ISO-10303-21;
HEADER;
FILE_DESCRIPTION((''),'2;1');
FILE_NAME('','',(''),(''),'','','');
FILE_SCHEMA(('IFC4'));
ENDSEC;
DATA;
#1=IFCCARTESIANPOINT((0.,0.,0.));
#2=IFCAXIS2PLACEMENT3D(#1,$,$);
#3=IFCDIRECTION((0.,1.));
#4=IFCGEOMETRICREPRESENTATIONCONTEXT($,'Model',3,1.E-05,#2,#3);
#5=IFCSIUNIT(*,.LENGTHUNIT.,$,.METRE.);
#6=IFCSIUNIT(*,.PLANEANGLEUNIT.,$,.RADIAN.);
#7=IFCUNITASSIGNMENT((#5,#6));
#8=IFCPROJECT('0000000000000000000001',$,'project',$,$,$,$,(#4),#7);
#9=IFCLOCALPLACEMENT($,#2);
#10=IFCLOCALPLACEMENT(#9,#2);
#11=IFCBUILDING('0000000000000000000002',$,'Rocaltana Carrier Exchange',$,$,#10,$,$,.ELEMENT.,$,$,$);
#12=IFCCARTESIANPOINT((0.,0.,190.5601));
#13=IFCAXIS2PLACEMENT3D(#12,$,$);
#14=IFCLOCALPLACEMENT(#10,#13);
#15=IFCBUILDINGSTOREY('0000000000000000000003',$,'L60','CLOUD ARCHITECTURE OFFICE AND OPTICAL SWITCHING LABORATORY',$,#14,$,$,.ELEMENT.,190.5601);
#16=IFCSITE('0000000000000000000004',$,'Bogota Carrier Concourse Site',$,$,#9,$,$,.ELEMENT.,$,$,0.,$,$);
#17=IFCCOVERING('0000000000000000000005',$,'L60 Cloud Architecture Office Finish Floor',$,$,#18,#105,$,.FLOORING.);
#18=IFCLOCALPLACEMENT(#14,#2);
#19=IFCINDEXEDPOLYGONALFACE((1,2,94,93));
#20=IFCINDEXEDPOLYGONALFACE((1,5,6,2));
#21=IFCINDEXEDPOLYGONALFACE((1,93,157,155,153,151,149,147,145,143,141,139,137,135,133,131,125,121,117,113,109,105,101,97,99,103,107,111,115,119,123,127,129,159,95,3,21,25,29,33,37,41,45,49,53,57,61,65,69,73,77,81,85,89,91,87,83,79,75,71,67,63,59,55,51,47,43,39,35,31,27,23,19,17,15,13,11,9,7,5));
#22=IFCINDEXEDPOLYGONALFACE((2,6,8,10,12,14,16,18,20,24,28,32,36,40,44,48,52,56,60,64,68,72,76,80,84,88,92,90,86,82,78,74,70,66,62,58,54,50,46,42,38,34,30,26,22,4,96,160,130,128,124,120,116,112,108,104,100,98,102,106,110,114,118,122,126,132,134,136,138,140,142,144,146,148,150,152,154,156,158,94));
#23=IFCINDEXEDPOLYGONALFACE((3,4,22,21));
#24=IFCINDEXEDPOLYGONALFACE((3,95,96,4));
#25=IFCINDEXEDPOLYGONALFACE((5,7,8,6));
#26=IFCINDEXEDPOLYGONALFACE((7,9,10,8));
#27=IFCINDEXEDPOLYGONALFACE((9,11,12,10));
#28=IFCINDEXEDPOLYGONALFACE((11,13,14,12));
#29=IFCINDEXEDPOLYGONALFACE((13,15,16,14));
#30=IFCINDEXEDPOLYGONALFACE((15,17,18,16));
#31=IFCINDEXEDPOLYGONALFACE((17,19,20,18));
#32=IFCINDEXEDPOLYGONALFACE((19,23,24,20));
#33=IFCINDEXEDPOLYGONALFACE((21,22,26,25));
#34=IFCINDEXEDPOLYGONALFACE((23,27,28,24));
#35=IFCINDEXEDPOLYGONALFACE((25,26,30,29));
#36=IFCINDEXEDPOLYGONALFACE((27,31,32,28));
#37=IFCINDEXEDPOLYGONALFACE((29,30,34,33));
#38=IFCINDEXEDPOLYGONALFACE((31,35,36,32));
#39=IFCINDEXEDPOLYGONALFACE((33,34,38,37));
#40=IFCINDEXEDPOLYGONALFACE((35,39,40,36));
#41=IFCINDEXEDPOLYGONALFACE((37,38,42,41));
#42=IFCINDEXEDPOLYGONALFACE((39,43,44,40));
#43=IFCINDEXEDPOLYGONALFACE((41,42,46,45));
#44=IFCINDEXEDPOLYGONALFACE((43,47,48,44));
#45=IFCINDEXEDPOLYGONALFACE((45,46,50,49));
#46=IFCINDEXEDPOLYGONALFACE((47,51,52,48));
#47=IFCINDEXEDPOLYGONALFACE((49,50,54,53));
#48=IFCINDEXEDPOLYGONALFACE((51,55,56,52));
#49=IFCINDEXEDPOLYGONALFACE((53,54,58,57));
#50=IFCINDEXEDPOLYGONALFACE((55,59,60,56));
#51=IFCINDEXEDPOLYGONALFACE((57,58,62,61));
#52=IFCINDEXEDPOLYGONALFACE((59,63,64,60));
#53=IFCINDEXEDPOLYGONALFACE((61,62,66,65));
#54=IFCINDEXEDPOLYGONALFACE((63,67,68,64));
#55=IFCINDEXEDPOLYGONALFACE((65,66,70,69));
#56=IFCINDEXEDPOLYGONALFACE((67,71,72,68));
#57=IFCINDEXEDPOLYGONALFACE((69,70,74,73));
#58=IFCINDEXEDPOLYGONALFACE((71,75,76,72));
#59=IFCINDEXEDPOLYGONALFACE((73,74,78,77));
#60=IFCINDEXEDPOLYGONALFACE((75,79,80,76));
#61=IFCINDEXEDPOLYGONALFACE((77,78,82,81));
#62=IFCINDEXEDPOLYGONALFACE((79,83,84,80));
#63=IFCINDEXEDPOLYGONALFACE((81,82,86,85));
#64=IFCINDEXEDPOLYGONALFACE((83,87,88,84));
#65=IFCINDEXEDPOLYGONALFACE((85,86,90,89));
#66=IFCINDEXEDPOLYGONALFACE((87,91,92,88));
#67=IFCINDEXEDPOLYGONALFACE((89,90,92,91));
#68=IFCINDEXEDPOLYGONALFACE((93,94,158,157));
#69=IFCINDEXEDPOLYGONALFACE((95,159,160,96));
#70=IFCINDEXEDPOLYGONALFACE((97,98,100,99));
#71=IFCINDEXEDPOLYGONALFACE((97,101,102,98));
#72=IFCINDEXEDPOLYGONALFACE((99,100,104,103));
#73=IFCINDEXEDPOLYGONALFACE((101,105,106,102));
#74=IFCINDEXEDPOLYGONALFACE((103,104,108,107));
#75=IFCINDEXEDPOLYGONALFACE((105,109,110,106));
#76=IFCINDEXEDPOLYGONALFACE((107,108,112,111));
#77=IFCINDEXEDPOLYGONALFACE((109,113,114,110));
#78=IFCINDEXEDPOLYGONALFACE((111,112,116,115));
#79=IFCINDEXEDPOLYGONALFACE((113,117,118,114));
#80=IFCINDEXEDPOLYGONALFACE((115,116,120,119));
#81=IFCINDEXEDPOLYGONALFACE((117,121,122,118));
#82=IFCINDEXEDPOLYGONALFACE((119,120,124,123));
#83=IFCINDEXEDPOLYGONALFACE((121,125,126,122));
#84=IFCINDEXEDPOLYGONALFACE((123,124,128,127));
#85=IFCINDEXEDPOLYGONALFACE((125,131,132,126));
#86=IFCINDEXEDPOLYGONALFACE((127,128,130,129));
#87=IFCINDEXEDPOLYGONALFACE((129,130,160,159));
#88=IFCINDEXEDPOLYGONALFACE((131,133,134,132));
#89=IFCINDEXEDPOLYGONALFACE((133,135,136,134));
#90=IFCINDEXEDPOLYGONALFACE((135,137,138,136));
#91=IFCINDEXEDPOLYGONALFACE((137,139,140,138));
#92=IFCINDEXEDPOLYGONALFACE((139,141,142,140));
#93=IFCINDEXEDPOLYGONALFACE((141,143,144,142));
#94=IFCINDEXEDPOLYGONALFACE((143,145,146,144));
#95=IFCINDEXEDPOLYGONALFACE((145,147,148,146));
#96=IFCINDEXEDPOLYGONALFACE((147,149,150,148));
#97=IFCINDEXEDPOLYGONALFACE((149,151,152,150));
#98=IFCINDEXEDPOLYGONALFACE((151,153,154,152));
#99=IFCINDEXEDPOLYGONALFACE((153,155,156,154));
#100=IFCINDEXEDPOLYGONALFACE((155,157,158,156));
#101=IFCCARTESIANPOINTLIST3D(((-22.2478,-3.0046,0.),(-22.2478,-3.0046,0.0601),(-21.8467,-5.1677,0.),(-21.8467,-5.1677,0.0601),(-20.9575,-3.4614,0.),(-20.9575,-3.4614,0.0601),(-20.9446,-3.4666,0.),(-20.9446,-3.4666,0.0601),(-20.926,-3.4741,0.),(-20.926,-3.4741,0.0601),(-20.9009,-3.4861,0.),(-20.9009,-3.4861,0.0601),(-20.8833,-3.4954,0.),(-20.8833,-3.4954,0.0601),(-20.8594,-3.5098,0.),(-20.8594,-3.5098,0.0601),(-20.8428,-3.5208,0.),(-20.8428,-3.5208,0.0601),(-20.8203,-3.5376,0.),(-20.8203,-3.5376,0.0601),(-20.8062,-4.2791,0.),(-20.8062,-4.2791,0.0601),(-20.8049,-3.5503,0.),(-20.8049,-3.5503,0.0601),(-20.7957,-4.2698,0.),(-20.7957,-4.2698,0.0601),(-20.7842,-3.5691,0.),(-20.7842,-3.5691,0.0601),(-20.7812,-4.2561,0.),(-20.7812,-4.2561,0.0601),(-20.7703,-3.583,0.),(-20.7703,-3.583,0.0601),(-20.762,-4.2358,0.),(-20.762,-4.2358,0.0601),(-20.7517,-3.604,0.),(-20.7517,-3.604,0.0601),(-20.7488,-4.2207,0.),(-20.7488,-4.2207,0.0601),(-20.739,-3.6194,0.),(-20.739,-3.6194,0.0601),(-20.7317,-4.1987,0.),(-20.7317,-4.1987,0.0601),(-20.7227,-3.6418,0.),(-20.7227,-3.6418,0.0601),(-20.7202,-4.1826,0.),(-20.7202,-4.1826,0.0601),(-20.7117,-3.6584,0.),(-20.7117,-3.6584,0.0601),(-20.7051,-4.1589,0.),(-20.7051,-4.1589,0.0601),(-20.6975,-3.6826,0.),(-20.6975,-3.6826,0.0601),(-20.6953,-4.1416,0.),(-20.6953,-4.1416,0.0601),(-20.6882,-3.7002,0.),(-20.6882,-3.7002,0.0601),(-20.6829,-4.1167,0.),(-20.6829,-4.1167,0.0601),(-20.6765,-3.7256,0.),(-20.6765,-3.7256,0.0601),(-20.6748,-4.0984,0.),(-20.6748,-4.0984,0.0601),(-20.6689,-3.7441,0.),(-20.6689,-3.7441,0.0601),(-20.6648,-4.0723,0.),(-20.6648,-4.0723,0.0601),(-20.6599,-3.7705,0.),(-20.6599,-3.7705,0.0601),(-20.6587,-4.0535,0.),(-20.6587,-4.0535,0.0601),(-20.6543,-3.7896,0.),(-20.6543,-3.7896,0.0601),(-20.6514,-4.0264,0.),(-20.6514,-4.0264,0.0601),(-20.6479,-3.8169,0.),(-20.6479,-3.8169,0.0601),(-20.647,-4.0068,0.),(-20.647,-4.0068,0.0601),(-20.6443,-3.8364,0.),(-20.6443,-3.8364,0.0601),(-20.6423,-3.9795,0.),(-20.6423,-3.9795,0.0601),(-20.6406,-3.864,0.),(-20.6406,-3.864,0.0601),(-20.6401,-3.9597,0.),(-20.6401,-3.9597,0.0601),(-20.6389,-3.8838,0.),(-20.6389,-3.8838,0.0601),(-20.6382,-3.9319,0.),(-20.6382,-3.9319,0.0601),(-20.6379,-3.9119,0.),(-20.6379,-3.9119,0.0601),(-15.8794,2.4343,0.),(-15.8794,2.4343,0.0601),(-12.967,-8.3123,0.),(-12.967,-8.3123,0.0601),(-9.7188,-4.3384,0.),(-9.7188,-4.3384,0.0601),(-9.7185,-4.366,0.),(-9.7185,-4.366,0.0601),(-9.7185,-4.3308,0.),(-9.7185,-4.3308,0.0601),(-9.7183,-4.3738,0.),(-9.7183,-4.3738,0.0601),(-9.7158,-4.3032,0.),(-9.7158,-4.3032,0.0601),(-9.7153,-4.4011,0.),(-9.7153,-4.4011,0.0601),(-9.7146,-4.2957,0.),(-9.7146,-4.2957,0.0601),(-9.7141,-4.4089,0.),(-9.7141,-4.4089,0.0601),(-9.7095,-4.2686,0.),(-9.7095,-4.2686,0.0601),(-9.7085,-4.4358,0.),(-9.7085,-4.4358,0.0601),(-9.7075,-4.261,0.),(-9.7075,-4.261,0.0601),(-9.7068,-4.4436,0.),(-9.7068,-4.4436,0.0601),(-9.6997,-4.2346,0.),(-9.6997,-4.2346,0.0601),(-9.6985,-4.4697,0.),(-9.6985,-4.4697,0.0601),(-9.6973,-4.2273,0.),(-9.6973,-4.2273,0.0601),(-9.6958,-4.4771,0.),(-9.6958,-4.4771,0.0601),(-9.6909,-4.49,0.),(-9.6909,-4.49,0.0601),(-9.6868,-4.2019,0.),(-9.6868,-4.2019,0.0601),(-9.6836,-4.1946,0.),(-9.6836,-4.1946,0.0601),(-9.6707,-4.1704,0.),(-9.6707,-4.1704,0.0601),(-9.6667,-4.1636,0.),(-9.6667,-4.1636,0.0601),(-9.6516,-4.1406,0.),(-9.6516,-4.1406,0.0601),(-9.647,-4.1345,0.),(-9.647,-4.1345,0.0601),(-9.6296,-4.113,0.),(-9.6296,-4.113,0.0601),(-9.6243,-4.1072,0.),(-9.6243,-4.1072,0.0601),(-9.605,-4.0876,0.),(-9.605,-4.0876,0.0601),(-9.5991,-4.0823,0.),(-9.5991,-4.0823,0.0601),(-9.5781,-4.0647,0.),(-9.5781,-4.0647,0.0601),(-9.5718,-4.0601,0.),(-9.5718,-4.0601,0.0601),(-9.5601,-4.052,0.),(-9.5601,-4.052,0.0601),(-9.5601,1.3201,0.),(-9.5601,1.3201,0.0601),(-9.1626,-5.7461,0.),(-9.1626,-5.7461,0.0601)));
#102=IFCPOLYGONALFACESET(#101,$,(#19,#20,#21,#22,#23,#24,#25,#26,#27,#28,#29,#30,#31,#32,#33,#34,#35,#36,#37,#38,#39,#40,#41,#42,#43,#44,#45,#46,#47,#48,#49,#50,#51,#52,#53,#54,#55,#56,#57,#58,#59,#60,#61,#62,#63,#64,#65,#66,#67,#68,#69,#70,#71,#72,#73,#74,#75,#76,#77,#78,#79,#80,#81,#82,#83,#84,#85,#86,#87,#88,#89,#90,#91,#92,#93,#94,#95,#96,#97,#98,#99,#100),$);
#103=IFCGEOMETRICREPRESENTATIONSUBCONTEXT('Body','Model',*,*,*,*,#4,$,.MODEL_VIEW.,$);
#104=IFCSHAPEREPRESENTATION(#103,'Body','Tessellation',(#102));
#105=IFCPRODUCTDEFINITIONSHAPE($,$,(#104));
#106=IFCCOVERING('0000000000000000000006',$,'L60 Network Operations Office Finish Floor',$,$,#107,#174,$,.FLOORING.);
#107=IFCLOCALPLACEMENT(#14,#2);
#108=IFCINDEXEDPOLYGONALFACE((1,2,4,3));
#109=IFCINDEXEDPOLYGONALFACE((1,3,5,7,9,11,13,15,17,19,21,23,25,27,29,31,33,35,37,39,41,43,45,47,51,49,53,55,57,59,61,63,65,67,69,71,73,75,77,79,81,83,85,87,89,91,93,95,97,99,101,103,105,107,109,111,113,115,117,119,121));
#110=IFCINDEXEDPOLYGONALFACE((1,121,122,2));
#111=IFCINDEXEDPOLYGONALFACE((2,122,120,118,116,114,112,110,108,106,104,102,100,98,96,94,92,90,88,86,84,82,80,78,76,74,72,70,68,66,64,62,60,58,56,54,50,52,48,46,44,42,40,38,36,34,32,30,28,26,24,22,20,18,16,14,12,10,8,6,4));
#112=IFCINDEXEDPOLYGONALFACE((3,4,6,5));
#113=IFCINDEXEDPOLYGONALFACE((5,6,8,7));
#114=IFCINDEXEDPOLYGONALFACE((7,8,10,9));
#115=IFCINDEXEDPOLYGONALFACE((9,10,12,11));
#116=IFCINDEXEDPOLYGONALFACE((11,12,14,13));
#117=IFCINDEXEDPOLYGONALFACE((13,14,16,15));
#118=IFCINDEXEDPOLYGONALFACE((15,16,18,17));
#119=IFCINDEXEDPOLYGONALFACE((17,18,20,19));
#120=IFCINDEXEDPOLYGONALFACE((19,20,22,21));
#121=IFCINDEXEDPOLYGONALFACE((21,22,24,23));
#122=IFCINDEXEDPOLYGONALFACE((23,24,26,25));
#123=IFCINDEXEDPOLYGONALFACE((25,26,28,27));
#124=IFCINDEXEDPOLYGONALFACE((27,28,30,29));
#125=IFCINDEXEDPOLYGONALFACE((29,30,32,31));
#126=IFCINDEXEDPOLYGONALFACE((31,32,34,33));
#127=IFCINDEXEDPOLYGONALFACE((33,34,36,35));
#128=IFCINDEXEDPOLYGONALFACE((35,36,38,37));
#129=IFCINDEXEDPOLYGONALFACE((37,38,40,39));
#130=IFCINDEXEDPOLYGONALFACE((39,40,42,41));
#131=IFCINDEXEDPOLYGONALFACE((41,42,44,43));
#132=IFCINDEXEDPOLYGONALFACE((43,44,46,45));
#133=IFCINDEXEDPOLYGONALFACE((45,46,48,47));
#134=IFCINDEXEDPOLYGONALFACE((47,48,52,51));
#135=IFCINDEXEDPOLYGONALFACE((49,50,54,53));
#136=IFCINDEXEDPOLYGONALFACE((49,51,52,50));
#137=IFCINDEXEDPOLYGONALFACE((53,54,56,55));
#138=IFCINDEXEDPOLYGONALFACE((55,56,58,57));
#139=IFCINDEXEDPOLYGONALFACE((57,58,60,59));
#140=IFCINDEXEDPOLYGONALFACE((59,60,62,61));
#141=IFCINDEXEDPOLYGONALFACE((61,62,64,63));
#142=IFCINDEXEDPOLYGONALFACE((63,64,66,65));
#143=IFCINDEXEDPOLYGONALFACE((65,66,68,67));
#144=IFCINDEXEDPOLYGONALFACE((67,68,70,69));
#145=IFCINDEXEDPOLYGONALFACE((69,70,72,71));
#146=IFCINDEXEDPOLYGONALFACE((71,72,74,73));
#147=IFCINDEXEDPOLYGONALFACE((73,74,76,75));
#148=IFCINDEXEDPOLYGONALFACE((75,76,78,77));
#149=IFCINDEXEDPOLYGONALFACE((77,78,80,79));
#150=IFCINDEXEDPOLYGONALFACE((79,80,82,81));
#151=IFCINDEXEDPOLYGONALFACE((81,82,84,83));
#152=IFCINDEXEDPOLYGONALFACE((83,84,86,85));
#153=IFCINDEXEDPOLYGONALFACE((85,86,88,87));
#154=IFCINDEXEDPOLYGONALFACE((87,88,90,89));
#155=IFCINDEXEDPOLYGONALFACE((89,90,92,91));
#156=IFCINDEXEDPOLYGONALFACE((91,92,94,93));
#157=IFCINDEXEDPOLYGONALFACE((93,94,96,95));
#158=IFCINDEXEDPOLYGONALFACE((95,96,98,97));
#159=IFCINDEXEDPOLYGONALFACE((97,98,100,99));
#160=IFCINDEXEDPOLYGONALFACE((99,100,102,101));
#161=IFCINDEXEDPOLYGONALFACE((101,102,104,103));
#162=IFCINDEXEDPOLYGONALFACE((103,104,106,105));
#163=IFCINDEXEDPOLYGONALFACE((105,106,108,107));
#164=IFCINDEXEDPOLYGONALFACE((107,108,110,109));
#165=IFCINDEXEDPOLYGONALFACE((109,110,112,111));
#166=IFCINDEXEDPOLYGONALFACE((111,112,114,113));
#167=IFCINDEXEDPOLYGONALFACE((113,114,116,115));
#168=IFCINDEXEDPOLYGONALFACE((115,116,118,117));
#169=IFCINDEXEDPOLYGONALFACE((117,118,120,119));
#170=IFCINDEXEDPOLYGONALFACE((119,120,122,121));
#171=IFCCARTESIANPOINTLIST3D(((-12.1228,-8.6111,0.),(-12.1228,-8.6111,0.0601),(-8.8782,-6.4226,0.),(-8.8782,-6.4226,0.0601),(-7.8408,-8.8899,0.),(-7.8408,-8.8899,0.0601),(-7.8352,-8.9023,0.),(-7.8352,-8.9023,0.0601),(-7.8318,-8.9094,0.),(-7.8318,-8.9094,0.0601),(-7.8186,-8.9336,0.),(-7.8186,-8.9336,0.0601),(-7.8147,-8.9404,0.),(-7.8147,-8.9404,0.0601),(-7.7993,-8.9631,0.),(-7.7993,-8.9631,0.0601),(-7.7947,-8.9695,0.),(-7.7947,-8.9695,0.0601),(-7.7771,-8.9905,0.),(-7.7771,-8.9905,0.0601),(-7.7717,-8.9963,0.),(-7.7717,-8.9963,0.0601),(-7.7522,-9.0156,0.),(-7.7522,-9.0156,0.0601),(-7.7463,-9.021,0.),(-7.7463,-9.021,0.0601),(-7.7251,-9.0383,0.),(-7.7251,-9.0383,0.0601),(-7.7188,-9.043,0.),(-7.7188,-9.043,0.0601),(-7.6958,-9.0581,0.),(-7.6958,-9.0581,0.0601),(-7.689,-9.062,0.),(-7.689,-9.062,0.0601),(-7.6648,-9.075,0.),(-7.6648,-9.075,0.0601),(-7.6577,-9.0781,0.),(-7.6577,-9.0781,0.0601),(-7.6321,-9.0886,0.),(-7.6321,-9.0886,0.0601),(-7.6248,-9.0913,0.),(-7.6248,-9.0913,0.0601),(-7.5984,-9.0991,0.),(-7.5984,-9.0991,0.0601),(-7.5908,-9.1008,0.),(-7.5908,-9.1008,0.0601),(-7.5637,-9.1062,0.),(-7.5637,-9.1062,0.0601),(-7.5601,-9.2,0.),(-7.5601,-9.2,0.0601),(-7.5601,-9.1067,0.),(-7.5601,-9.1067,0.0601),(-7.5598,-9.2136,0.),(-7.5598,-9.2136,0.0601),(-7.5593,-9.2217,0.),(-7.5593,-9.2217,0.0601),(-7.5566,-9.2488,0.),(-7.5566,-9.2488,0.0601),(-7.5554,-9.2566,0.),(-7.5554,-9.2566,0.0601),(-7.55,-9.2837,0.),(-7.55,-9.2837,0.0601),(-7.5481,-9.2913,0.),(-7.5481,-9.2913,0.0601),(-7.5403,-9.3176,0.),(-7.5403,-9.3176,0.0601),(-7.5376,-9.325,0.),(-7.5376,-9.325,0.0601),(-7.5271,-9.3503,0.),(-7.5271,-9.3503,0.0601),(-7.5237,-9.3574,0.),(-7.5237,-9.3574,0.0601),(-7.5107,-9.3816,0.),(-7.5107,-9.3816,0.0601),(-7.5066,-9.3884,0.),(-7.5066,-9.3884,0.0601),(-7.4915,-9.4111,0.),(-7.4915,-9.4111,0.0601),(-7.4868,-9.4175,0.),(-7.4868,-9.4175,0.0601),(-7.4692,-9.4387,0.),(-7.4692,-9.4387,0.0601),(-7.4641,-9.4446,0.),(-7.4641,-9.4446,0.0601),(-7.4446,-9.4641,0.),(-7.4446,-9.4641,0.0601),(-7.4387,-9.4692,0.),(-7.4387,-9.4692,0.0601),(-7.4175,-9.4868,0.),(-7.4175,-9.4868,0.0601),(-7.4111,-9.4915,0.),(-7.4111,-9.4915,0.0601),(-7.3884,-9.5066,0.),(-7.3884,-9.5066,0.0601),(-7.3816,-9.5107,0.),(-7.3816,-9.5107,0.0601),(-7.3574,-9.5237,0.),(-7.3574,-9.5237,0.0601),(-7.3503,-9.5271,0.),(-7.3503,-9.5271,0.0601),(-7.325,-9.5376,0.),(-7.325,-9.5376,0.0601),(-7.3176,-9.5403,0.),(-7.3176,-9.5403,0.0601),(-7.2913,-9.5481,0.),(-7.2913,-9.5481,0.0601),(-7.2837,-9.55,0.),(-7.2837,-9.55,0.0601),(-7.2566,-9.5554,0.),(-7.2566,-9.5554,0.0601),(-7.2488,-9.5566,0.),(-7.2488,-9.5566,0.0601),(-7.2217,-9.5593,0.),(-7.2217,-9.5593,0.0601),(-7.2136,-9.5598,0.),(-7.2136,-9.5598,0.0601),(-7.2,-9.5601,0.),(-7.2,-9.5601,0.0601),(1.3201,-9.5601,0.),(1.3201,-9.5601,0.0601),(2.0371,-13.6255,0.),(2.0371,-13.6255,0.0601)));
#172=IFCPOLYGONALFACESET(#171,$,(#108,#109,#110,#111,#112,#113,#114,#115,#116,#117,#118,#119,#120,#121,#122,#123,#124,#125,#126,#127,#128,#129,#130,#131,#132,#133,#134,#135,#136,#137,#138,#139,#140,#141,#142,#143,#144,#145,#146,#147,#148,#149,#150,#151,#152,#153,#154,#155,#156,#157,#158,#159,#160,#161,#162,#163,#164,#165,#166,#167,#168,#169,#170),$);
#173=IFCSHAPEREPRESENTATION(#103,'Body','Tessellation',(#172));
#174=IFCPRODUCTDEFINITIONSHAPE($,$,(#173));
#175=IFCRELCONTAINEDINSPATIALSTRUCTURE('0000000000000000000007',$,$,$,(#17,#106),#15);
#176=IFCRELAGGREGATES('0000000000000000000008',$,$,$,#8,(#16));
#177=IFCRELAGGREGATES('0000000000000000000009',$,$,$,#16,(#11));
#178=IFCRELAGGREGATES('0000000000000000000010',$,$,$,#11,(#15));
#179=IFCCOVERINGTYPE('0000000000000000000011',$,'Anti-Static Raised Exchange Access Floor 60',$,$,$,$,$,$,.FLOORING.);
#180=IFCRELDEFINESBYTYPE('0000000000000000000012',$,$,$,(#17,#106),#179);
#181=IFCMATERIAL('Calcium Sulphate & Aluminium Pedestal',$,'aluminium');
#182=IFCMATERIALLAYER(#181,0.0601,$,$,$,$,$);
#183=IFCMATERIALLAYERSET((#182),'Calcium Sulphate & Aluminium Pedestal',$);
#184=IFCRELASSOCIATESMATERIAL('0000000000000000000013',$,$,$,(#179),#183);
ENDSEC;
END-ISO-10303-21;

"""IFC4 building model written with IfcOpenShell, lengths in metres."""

from ifc_helpers import new_model, si_unit, direction, frame, origin, place, context, subcontext, project, spatial, polyline, outline, extrude, material, layer, layer_set, type_object, element, save


model = new_model("IFC4")

# Units and contexts
model_context = context("Model", 3, precision=1e-05, world=origin(), true_north=direction((0.0, 1.0)))
body_context = subcontext(model_context, "Body", "Model", "MODEL_VIEW")
ifc_project = project(units=[si_unit("LENGTHUNIT", "METRE"), si_unit("PLANEANGLEUNIT", "RADIAN")], contexts=[model_context])

# Site, building, storey
site_placement = place(None, origin())
site = spatial("IfcSite", under=ifc_project, at=site_placement, Name="Bogota Carrier Concourse Site", CompositionType="ELEMENT", RefElevation=0.0)
building_placement = place(site_placement, origin())
building = spatial("IfcBuilding", under=site, at=building_placement, Name="Rocaltana Carrier Exchange", CompositionType="ELEMENT")
storey_placement = place(building_placement, frame((0.0, 0.0, 190.5601)))
storey = spatial("IfcBuildingStorey", under=building, at=storey_placement, Name="L60", Description="CLOUD ARCHITECTURE OFFICE AND OPTICAL SWITCHING LABORATORY", CompositionType="ELEMENT", Elevation=190.5601)

# Coverings
ifc_material_1 = material(Name="Calcium Sulphate & Aluminium Pedestal", Category="aluminium")
ifc_layer_1 = layer(ifc_material_1, 0.0601)
ifc_layer_set_1 = layer_set([ifc_layer_1], Name="Calcium Sulphate & Aluminium Pedestal")
covering_type_1 = type_object("IfcCoveringType", Name="Anti-Static Raised Exchange Access Floor 60", PredefinedType="FLOORING", material=ifc_layer_set_1)
covering_1_placement = place(storey_placement, origin())
element("IfcCovering", 1, at=covering_1_placement, inside=storey, type_object=covering_type_1, Name="L60 Cloud Architecture Office Finish Floor", PredefinedType="FLOORING", context=body_context, shape_type="SweptSolid", body=[
    extrude(outline(polyline([(-20.8062, -4.2791), (-20.7957, -4.2698), (-20.7812, -4.2561), (-20.762, -4.2358), (-20.7488, -4.2207), (-20.7317, -4.1987), (-20.7202, -4.1826), (-20.7051, -4.1589), (-20.6953, -4.1416), (-20.6829, -4.1167), (-20.6748, -4.0984), (-20.6648, -4.0723), (-20.6587, -4.0535), (-20.6514, -4.0264), (-20.647, -4.0068), (-20.6423, -3.9795), (-20.6401, -3.9597), (-20.6382, -3.9319), (-20.6379, -3.9119), (-20.6389, -3.8838), (-20.6406, -3.864), (-20.6443, -3.8364), (-20.6479, -3.8169), (-20.6543, -3.7896), (-20.6599, -3.7705), (-20.6689, -3.7441), (-20.6765, -3.7256), (-20.6882, -3.7002), (-20.6975, -3.6826), (-20.7117, -3.6584), (-20.7227, -3.6418), (-20.739, -3.6194), (-20.7517, -3.604), (-20.7703, -3.583), (-20.7842, -3.5691), (-20.8049, -3.5503), (-20.8203, -3.5376), (-20.8428, -3.5208), (-20.8594, -3.5098), (-20.8833, -3.4954), (-20.9009, -3.4861), (-20.926, -3.4741), (-20.9446, -3.4666), (-20.9575, -3.4614), (-22.2478, -3.0046), (-15.8794, 2.4343), (-9.5601, 1.3201), (-9.5601, -4.052), (-9.5718, -4.0601), (-9.5781, -4.0647), (-9.5991, -4.0823), (-9.605, -4.0876), (-9.6243, -4.1072), (-9.6296, -4.113), (-9.647, -4.1345), (-9.6516, -4.1406), (-9.6667, -4.1636), (-9.6707, -4.1704), (-9.6836, -4.1946), (-9.6868, -4.2019), (-9.6973, -4.2273), (-9.6997, -4.2346), (-9.7075, -4.261), (-9.7095, -4.2686), (-9.7146, -4.2957), (-9.7158, -4.3032), (-9.7185, -4.3308), (-9.7188, -4.3384), (-9.7185, -4.366), (-9.7183, -4.3738), (-9.7153, -4.4011), (-9.7141, -4.4089), (-9.7085, -4.4358), (-9.7068, -4.4436), (-9.6985, -4.4697), (-9.6958, -4.4771), (-9.6909, -4.49), (-9.1626, -5.7461), (-12.967, -8.3123), (-21.8467, -5.1677), (-20.8062, -4.2791)])), origin(), (0.0, 0.0, 1.0), 0.0601),
])
covering_2_placement = place(storey_placement, origin())
element("IfcCovering", 2, at=covering_2_placement, inside=storey, type_object=covering_type_1, Name="L60 Network Operations Office Finish Floor", PredefinedType="FLOORING", context=body_context, shape_type="SweptSolid", body=[
    extrude(outline(polyline([(-12.1228, -8.6111), (-8.8782, -6.4226), (-7.8408, -8.8899), (-7.8352, -8.9023), (-7.8318, -8.9094), (-7.8186, -8.9336), (-7.8147, -8.9404), (-7.7993, -8.9631), (-7.7947, -8.9695), (-7.7771, -8.9905), (-7.7717, -8.9963), (-7.7522, -9.0156), (-7.7463, -9.021), (-7.7251, -9.0383), (-7.7188, -9.043), (-7.6958, -9.0581), (-7.689, -9.062), (-7.6648, -9.075), (-7.6577, -9.0781), (-7.6321, -9.0886), (-7.6248, -9.0913), (-7.5984, -9.0991), (-7.5908, -9.1008), (-7.5637, -9.1062), (-7.5601, -9.1067), (-7.5601, -9.2), (-7.5598, -9.2136), (-7.5593, -9.2217), (-7.5566, -9.2488), (-7.5554, -9.2566), (-7.55, -9.2837), (-7.5481, -9.2913), (-7.5403, -9.3176), (-7.5376, -9.325), (-7.5271, -9.3503), (-7.5237, -9.3574), (-7.5107, -9.3816), (-7.5066, -9.3884), (-7.4915, -9.4111), (-7.4868, -9.4175), (-7.4692, -9.4387), (-7.4641, -9.4446), (-7.4446, -9.4641), (-7.4387, -9.4692), (-7.4175, -9.4868), (-7.4111, -9.4915), (-7.3884, -9.5066), (-7.3816, -9.5107), (-7.3574, -9.5237), (-7.3503, -9.5271), (-7.325, -9.5376), (-7.3176, -9.5403), (-7.2913, -9.5481), (-7.2837, -9.55), (-7.2566, -9.5554), (-7.2488, -9.5566), (-7.2217, -9.5593), (-7.2136, -9.5598), (-7.2, -9.5601), (1.3201, -9.5601), (2.0371, -13.6255), (-12.1228, -8.6111)])), origin(), (0.0, 0.0, 1.0), 0.0601),
])

save(model, "model.ifc")
